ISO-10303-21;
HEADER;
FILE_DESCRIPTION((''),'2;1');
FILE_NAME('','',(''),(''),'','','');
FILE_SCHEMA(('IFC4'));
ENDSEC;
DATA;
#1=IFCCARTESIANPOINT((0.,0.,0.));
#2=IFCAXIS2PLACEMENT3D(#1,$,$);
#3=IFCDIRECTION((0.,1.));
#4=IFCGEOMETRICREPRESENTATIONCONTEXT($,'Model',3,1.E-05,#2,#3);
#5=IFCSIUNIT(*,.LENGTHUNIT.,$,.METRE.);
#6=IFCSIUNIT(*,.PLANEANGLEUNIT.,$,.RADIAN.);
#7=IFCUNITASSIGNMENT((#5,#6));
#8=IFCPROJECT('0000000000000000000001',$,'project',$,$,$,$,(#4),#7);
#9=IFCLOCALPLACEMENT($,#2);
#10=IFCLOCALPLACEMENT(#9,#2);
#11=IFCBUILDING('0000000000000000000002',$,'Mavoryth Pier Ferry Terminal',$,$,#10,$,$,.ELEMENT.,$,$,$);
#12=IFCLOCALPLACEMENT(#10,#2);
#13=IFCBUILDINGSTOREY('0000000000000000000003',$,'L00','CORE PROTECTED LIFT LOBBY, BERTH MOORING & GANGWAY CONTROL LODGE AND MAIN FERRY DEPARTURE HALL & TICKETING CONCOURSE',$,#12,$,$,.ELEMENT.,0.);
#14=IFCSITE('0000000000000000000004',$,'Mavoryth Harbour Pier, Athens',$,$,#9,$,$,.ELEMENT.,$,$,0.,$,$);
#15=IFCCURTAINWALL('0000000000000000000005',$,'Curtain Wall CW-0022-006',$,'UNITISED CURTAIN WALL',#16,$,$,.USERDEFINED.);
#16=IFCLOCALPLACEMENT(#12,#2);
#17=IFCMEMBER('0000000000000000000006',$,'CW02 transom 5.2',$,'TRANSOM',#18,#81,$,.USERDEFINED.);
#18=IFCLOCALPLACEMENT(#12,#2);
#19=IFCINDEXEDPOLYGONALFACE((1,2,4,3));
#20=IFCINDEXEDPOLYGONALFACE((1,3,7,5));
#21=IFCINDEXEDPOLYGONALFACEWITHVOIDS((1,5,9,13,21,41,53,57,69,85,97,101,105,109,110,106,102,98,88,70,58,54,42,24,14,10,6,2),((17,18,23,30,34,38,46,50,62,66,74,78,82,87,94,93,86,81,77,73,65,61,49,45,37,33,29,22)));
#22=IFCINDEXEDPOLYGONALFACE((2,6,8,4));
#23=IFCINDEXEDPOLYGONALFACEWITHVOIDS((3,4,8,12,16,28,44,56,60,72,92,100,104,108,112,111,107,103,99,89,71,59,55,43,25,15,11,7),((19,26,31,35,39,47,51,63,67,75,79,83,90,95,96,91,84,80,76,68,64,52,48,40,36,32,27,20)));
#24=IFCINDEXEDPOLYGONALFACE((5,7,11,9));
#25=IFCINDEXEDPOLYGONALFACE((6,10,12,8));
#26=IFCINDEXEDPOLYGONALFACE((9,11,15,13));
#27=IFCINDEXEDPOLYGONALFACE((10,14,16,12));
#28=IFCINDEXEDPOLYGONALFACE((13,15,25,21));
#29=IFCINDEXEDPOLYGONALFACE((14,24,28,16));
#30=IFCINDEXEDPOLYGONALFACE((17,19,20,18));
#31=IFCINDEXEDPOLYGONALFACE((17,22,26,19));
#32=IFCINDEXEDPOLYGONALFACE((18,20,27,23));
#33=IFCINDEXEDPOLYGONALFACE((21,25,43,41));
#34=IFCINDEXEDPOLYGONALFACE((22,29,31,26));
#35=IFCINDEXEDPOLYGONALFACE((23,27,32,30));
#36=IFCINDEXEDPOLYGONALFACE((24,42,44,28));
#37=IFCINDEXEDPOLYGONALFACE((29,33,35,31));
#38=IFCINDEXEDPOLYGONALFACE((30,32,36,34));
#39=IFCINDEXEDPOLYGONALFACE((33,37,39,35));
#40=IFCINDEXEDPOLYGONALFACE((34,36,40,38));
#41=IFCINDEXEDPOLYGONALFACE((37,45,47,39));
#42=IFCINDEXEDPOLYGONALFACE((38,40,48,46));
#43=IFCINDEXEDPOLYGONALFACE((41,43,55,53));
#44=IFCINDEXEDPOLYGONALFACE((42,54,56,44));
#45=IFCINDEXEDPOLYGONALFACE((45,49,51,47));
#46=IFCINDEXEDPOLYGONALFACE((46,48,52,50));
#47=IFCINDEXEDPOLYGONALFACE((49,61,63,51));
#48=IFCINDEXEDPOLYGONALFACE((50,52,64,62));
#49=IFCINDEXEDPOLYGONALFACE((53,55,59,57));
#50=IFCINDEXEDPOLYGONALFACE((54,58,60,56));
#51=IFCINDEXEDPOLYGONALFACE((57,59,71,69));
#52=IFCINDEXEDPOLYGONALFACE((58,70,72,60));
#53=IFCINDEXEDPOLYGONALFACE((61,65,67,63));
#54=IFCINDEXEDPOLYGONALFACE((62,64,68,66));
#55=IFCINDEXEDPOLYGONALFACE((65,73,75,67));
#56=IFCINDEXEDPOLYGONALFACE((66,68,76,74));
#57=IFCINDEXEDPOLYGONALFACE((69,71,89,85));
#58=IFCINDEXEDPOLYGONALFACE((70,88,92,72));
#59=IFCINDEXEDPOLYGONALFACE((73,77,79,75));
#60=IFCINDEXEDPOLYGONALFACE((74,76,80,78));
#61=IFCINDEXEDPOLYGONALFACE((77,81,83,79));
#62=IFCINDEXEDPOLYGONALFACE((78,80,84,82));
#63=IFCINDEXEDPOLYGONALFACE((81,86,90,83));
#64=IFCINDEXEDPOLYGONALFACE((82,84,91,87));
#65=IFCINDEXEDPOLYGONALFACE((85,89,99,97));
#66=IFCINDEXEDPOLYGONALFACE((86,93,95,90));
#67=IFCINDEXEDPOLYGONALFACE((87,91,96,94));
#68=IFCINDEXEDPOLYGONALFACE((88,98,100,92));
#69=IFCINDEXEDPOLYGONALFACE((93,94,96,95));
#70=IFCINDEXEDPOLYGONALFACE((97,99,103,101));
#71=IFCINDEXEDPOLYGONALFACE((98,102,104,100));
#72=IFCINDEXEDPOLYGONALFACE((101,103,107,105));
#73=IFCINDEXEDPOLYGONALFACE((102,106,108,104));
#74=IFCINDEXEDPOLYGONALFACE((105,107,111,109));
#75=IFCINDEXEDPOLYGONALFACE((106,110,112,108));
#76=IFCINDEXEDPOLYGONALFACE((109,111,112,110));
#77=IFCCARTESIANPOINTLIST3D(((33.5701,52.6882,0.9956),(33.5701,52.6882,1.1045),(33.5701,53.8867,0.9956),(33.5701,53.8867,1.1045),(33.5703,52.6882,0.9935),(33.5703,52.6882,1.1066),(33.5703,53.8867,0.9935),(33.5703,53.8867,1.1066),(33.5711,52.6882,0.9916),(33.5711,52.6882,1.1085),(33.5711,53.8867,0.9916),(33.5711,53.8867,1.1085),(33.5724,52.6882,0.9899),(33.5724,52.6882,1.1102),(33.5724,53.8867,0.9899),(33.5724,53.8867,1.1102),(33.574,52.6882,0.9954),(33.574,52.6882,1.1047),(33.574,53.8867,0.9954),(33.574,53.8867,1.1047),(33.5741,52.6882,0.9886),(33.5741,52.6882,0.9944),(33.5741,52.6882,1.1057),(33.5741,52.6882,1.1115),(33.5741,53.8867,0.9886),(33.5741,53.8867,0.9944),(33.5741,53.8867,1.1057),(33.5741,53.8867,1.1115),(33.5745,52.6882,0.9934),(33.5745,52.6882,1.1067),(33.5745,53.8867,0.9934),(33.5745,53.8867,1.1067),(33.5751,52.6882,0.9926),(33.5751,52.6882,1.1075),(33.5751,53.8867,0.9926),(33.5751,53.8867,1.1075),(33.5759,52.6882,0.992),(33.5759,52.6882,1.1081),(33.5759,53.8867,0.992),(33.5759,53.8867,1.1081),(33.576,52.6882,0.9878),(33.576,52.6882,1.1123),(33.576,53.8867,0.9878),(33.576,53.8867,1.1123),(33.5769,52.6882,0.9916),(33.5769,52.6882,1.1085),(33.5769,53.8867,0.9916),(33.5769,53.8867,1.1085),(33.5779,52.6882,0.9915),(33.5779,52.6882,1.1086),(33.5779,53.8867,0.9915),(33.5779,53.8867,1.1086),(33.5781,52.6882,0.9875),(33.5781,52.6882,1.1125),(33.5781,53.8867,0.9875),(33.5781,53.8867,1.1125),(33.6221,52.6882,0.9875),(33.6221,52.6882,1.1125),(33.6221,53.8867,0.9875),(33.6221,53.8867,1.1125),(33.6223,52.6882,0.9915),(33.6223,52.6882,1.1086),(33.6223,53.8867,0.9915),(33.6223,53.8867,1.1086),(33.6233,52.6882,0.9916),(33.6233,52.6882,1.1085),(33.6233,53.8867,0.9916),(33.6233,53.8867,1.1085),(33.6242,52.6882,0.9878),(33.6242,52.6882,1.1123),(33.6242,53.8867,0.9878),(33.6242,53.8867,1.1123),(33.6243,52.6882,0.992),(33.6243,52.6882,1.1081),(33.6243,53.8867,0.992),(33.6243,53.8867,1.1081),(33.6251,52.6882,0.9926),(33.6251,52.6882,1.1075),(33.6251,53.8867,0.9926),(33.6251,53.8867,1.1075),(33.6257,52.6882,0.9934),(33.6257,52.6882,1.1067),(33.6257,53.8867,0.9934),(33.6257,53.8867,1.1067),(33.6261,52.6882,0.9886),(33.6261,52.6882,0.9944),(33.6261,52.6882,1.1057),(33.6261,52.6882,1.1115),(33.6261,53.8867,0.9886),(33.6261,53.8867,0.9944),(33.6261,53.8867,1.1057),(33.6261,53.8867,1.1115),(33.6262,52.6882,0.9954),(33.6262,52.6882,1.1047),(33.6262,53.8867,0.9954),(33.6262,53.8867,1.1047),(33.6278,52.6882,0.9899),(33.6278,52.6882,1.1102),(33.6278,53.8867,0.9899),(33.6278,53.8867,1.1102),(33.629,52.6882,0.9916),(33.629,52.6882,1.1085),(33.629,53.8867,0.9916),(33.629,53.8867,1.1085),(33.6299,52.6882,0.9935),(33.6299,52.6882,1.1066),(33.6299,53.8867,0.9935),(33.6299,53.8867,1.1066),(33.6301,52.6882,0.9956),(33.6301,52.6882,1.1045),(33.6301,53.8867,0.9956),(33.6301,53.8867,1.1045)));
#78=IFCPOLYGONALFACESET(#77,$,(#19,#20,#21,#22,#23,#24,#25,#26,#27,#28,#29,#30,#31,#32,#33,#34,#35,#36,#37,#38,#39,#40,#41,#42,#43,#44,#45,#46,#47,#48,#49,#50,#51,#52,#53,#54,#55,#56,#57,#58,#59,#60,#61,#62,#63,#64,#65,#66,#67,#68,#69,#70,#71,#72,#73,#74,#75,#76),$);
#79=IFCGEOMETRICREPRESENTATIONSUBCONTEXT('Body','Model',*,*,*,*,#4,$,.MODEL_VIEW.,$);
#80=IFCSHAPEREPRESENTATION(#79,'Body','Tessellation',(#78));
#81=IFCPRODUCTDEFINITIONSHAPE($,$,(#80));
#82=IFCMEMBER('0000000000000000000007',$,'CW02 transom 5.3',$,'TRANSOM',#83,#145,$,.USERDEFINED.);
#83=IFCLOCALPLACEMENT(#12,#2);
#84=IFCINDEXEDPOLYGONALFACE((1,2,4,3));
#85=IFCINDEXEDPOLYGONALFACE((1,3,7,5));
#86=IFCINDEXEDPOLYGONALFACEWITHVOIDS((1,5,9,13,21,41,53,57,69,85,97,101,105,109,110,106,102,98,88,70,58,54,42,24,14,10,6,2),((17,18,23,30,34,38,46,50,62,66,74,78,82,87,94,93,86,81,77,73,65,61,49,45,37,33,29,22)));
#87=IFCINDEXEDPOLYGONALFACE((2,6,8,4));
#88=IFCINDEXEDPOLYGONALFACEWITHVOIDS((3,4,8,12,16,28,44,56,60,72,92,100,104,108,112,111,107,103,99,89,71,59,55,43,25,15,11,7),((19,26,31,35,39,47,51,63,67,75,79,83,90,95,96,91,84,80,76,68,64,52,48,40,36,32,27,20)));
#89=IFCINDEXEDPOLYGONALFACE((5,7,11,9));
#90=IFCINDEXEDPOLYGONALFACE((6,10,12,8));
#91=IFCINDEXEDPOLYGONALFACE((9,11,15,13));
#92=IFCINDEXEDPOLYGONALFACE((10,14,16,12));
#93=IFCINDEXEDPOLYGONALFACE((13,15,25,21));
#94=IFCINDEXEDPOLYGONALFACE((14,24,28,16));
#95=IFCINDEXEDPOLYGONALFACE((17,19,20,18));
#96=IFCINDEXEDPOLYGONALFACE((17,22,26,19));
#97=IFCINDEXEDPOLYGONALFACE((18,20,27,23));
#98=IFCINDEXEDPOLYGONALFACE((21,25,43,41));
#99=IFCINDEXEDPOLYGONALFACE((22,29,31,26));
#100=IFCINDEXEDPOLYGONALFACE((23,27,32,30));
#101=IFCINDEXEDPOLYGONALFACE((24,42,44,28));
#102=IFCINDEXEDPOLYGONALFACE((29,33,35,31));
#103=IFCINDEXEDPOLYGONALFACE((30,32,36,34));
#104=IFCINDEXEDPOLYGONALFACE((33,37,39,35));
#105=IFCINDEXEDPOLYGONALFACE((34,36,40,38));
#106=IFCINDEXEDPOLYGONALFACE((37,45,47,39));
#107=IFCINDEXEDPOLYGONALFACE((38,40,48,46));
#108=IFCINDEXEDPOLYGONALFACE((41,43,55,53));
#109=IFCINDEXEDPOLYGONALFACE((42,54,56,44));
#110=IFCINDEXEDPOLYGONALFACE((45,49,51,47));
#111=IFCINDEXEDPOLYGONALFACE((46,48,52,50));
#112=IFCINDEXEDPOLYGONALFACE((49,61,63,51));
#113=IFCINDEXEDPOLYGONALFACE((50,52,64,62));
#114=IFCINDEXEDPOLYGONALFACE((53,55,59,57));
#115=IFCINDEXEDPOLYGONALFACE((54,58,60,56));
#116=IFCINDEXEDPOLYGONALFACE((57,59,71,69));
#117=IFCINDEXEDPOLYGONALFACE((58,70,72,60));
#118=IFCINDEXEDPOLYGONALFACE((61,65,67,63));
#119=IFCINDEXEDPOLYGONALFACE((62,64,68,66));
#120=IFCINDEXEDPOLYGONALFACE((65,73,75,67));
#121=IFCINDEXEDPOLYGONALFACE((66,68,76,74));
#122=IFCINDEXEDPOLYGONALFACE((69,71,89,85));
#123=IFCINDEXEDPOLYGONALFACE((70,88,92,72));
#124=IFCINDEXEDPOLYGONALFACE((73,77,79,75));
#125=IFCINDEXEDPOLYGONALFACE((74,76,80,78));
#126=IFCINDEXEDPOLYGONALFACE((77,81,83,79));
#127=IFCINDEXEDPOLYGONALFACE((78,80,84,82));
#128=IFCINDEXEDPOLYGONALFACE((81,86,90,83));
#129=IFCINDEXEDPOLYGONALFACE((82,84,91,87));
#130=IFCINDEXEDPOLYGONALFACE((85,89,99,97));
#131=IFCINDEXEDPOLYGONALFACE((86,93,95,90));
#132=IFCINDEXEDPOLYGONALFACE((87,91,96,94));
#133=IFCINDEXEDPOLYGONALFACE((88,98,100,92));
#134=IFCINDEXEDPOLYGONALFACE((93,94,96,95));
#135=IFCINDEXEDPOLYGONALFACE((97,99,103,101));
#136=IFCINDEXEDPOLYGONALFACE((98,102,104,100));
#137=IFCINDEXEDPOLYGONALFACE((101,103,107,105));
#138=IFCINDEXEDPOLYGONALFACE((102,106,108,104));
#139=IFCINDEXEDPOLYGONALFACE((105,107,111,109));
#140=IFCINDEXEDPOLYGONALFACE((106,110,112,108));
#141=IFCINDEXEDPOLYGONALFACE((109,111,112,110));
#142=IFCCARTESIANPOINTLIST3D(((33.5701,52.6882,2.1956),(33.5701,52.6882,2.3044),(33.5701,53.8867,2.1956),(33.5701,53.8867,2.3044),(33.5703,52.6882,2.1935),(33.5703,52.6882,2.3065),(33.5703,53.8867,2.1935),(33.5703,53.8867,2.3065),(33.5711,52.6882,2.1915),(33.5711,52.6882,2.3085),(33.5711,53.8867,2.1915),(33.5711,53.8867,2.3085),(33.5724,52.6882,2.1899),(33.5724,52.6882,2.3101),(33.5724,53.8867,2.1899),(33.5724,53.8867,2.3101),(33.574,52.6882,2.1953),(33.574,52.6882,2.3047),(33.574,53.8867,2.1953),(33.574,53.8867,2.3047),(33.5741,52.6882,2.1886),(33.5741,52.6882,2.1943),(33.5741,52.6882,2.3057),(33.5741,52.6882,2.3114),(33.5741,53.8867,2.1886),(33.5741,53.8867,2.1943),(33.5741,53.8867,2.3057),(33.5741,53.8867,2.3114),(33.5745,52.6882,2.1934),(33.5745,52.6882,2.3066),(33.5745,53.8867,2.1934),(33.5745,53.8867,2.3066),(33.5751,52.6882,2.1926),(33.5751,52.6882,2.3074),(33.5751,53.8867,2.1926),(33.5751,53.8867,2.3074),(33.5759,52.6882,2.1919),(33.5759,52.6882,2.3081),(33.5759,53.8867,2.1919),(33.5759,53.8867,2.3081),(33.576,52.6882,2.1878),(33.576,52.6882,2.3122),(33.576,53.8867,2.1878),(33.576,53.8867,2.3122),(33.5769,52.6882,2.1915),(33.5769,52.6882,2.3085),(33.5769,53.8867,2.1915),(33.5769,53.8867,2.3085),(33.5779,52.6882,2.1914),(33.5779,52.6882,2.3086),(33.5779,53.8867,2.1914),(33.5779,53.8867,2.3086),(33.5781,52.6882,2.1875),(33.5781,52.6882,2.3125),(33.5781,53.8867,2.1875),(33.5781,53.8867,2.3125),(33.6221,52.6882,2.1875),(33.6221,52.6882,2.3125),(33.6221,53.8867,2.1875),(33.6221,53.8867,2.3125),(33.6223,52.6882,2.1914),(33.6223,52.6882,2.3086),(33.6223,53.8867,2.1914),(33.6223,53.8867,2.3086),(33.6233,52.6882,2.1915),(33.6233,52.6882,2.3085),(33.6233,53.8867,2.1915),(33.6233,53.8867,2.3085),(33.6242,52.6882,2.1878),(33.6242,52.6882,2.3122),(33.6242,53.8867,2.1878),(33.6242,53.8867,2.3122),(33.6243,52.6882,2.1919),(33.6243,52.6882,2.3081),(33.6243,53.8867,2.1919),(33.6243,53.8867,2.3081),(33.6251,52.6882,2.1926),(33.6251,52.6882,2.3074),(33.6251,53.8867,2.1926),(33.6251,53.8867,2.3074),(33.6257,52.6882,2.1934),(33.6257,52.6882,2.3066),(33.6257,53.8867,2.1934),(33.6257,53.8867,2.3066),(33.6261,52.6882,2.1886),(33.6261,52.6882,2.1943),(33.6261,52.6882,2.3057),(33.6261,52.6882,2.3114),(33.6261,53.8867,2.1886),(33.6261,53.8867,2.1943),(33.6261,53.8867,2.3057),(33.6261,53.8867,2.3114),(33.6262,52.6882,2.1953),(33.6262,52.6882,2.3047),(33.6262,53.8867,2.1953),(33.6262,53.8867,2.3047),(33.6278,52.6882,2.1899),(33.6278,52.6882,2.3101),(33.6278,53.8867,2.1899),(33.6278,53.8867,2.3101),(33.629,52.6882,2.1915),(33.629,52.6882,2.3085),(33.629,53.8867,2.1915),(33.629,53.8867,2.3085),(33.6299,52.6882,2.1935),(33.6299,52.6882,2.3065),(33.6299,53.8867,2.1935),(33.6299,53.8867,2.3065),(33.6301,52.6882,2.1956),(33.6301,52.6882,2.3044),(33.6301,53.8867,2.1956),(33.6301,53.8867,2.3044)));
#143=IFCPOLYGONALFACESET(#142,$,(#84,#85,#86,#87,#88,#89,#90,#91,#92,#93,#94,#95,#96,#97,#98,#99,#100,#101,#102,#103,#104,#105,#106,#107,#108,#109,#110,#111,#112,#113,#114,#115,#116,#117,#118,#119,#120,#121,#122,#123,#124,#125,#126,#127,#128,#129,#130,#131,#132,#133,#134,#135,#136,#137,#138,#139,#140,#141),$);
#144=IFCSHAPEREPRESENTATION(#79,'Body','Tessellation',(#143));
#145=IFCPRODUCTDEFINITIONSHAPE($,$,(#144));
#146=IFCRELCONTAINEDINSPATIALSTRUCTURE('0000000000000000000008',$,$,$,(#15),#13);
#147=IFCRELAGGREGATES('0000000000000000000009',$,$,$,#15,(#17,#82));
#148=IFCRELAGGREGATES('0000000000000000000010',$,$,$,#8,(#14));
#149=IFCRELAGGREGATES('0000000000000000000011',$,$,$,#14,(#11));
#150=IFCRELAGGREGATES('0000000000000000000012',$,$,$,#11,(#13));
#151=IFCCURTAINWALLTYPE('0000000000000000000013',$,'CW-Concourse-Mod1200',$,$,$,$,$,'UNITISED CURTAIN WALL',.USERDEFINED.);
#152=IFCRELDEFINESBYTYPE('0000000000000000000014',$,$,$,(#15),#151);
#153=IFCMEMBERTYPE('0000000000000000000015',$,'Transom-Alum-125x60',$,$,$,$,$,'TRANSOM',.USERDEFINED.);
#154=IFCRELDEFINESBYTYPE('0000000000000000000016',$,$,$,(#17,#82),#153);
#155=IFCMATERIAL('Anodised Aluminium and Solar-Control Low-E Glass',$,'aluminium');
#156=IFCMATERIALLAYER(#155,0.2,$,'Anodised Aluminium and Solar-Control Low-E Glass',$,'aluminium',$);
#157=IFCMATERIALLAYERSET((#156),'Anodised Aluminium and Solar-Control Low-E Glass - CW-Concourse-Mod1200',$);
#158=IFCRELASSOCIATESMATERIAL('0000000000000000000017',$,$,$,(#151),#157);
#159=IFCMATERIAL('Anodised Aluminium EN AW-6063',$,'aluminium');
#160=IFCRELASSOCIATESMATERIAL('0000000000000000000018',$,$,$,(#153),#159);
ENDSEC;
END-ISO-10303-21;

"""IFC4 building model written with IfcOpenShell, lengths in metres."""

from ifc_helpers import new_model, si_unit, direction, frame, origin, origin_2d, place, context, subcontext, project, spatial, hollow_rectangle, extrude, material, layer, layer_set, material_profile, profile_set, type_object, element, aggregate, save


model = new_model("IFC4")

# Units and contexts
model_context = context("Model", 3, precision=1e-05, world=origin(), true_north=direction((0.0, 1.0)))
body_context = subcontext(model_context, "Body", "Model", "MODEL_VIEW")
ifc_project = project(units=[si_unit("LENGTHUNIT", "METRE"), si_unit("PLANEANGLEUNIT", "RADIAN")], contexts=[model_context])

# Site, building, storey
site_placement = place(None, origin())
site = spatial("IfcSite", under=ifc_project, at=site_placement, Name="Mavoryth Harbour Pier, Athens", CompositionType="ELEMENT", RefElevation=0.0)
building_placement = place(site_placement, origin())
building = spatial("IfcBuilding", under=site, at=building_placement, Name="Mavoryth Pier Ferry Terminal", CompositionType="ELEMENT")
storey_placement = place(building_placement, origin())
storey = spatial("IfcBuildingStorey", under=building, at=storey_placement, Name="L00", Description="CORE PROTECTED LIFT LOBBY, BERTH MOORING & GANGWAY CONTROL LODGE AND MAIN FERRY DEPARTURE HALL & TICKETING CONCOURSE", CompositionType="ELEMENT", Elevation=0.0)

# Curtain wall
ifc_material_1 = material(Name="Anodised Aluminium and Solar-Control Low-E Glass", Category="aluminium")
ifc_layer_1 = layer(ifc_material_1, 0.2, Name="Anodised Aluminium and Solar-Control Low-E Glass", Category="aluminium")
ifc_layer_set_1 = layer_set([ifc_layer_1], Name="Anodised Aluminium and Solar-Control Low-E Glass - CW-Concourse-Mod1200")
curtain_wall_type = type_object("IfcCurtainWallType", Name="CW-Concourse-Mod1200", ElementType="UNITISED CURTAIN WALL", PredefinedType="USERDEFINED", material=ifc_layer_set_1)
curtain_wall_1_placement = place(storey_placement, origin())
curtain_wall_1 = element("IfcCurtainWall", 1, at=curtain_wall_1_placement, inside=storey, type_object=curtain_wall_type, Name="Curtain Wall CW-0022-006", ObjectType="UNITISED CURTAIN WALL", PredefinedType="USERDEFINED")
ifc_material_2 = material(Name="Anodised Aluminium EN AW-6063", Category="aluminium")

# Members
ifc_material_profile_1 = material_profile(ifc_material_2, hollow_rectangle(XDim=0.0601, YDim=0.125, WallThickness=0.0039, InnerFilletRadius=0.0039, OuterFilletRadius=0.0081, at=origin_2d()), Name="AL-TRAN 125x60x4", Category="aluminium")
ifc_profile_set_1 = profile_set([ifc_material_profile_1], Name="Anodised Aluminium EN AW-6063 - AL-TRAN 125x60x4")
member_type_1 = type_object("IfcMemberType", Name="Transom-Alum-125x60", ElementType="TRANSOM", PredefinedType="USERDEFINED", material=ifc_profile_set_1)
member_1_placement = place(storey_placement, frame((33.6001, 52.6882, 1.05), z_axis=(0.0, 1.0, 0.0), x_axis=(-1.0, 0.0, 0.0)))
member_1 = element("IfcMember", 2, at=member_1_placement, type_object=member_type_1, Name="CW02 transom 5.2", ObjectType="TRANSOM", PredefinedType="USERDEFINED", context=body_context, shape_type="SweptSolid", body=[
    extrude(hollow_rectangle(XDim=0.0601, YDim=0.125, WallThickness=0.0039, InnerFilletRadius=0.0039, OuterFilletRadius=0.0081, at=origin_2d()), origin(), (0.0, 0.0, 1.0), 1.1985),
])
member_2_placement = place(storey_placement, frame((33.6001, 52.6882, 2.25), z_axis=(0.0, 1.0, 0.0), x_axis=(-1.0, 0.0, 0.0)))
member_2 = element("IfcMember", 3, at=member_2_placement, type_object=member_type_1, Name="CW02 transom 5.3", ObjectType="TRANSOM", PredefinedType="USERDEFINED", context=body_context, shape_type="SweptSolid", body=[
    extrude(hollow_rectangle(XDim=0.0601, YDim=0.125, WallThickness=0.0039, InnerFilletRadius=0.0039, OuterFilletRadius=0.0081, at=origin_2d()), origin(), (0.0, 0.0, 1.0), 1.1985),
])

aggregate(curtain_wall_1, [member_1, member_2])

save(model, "model.ifc")
